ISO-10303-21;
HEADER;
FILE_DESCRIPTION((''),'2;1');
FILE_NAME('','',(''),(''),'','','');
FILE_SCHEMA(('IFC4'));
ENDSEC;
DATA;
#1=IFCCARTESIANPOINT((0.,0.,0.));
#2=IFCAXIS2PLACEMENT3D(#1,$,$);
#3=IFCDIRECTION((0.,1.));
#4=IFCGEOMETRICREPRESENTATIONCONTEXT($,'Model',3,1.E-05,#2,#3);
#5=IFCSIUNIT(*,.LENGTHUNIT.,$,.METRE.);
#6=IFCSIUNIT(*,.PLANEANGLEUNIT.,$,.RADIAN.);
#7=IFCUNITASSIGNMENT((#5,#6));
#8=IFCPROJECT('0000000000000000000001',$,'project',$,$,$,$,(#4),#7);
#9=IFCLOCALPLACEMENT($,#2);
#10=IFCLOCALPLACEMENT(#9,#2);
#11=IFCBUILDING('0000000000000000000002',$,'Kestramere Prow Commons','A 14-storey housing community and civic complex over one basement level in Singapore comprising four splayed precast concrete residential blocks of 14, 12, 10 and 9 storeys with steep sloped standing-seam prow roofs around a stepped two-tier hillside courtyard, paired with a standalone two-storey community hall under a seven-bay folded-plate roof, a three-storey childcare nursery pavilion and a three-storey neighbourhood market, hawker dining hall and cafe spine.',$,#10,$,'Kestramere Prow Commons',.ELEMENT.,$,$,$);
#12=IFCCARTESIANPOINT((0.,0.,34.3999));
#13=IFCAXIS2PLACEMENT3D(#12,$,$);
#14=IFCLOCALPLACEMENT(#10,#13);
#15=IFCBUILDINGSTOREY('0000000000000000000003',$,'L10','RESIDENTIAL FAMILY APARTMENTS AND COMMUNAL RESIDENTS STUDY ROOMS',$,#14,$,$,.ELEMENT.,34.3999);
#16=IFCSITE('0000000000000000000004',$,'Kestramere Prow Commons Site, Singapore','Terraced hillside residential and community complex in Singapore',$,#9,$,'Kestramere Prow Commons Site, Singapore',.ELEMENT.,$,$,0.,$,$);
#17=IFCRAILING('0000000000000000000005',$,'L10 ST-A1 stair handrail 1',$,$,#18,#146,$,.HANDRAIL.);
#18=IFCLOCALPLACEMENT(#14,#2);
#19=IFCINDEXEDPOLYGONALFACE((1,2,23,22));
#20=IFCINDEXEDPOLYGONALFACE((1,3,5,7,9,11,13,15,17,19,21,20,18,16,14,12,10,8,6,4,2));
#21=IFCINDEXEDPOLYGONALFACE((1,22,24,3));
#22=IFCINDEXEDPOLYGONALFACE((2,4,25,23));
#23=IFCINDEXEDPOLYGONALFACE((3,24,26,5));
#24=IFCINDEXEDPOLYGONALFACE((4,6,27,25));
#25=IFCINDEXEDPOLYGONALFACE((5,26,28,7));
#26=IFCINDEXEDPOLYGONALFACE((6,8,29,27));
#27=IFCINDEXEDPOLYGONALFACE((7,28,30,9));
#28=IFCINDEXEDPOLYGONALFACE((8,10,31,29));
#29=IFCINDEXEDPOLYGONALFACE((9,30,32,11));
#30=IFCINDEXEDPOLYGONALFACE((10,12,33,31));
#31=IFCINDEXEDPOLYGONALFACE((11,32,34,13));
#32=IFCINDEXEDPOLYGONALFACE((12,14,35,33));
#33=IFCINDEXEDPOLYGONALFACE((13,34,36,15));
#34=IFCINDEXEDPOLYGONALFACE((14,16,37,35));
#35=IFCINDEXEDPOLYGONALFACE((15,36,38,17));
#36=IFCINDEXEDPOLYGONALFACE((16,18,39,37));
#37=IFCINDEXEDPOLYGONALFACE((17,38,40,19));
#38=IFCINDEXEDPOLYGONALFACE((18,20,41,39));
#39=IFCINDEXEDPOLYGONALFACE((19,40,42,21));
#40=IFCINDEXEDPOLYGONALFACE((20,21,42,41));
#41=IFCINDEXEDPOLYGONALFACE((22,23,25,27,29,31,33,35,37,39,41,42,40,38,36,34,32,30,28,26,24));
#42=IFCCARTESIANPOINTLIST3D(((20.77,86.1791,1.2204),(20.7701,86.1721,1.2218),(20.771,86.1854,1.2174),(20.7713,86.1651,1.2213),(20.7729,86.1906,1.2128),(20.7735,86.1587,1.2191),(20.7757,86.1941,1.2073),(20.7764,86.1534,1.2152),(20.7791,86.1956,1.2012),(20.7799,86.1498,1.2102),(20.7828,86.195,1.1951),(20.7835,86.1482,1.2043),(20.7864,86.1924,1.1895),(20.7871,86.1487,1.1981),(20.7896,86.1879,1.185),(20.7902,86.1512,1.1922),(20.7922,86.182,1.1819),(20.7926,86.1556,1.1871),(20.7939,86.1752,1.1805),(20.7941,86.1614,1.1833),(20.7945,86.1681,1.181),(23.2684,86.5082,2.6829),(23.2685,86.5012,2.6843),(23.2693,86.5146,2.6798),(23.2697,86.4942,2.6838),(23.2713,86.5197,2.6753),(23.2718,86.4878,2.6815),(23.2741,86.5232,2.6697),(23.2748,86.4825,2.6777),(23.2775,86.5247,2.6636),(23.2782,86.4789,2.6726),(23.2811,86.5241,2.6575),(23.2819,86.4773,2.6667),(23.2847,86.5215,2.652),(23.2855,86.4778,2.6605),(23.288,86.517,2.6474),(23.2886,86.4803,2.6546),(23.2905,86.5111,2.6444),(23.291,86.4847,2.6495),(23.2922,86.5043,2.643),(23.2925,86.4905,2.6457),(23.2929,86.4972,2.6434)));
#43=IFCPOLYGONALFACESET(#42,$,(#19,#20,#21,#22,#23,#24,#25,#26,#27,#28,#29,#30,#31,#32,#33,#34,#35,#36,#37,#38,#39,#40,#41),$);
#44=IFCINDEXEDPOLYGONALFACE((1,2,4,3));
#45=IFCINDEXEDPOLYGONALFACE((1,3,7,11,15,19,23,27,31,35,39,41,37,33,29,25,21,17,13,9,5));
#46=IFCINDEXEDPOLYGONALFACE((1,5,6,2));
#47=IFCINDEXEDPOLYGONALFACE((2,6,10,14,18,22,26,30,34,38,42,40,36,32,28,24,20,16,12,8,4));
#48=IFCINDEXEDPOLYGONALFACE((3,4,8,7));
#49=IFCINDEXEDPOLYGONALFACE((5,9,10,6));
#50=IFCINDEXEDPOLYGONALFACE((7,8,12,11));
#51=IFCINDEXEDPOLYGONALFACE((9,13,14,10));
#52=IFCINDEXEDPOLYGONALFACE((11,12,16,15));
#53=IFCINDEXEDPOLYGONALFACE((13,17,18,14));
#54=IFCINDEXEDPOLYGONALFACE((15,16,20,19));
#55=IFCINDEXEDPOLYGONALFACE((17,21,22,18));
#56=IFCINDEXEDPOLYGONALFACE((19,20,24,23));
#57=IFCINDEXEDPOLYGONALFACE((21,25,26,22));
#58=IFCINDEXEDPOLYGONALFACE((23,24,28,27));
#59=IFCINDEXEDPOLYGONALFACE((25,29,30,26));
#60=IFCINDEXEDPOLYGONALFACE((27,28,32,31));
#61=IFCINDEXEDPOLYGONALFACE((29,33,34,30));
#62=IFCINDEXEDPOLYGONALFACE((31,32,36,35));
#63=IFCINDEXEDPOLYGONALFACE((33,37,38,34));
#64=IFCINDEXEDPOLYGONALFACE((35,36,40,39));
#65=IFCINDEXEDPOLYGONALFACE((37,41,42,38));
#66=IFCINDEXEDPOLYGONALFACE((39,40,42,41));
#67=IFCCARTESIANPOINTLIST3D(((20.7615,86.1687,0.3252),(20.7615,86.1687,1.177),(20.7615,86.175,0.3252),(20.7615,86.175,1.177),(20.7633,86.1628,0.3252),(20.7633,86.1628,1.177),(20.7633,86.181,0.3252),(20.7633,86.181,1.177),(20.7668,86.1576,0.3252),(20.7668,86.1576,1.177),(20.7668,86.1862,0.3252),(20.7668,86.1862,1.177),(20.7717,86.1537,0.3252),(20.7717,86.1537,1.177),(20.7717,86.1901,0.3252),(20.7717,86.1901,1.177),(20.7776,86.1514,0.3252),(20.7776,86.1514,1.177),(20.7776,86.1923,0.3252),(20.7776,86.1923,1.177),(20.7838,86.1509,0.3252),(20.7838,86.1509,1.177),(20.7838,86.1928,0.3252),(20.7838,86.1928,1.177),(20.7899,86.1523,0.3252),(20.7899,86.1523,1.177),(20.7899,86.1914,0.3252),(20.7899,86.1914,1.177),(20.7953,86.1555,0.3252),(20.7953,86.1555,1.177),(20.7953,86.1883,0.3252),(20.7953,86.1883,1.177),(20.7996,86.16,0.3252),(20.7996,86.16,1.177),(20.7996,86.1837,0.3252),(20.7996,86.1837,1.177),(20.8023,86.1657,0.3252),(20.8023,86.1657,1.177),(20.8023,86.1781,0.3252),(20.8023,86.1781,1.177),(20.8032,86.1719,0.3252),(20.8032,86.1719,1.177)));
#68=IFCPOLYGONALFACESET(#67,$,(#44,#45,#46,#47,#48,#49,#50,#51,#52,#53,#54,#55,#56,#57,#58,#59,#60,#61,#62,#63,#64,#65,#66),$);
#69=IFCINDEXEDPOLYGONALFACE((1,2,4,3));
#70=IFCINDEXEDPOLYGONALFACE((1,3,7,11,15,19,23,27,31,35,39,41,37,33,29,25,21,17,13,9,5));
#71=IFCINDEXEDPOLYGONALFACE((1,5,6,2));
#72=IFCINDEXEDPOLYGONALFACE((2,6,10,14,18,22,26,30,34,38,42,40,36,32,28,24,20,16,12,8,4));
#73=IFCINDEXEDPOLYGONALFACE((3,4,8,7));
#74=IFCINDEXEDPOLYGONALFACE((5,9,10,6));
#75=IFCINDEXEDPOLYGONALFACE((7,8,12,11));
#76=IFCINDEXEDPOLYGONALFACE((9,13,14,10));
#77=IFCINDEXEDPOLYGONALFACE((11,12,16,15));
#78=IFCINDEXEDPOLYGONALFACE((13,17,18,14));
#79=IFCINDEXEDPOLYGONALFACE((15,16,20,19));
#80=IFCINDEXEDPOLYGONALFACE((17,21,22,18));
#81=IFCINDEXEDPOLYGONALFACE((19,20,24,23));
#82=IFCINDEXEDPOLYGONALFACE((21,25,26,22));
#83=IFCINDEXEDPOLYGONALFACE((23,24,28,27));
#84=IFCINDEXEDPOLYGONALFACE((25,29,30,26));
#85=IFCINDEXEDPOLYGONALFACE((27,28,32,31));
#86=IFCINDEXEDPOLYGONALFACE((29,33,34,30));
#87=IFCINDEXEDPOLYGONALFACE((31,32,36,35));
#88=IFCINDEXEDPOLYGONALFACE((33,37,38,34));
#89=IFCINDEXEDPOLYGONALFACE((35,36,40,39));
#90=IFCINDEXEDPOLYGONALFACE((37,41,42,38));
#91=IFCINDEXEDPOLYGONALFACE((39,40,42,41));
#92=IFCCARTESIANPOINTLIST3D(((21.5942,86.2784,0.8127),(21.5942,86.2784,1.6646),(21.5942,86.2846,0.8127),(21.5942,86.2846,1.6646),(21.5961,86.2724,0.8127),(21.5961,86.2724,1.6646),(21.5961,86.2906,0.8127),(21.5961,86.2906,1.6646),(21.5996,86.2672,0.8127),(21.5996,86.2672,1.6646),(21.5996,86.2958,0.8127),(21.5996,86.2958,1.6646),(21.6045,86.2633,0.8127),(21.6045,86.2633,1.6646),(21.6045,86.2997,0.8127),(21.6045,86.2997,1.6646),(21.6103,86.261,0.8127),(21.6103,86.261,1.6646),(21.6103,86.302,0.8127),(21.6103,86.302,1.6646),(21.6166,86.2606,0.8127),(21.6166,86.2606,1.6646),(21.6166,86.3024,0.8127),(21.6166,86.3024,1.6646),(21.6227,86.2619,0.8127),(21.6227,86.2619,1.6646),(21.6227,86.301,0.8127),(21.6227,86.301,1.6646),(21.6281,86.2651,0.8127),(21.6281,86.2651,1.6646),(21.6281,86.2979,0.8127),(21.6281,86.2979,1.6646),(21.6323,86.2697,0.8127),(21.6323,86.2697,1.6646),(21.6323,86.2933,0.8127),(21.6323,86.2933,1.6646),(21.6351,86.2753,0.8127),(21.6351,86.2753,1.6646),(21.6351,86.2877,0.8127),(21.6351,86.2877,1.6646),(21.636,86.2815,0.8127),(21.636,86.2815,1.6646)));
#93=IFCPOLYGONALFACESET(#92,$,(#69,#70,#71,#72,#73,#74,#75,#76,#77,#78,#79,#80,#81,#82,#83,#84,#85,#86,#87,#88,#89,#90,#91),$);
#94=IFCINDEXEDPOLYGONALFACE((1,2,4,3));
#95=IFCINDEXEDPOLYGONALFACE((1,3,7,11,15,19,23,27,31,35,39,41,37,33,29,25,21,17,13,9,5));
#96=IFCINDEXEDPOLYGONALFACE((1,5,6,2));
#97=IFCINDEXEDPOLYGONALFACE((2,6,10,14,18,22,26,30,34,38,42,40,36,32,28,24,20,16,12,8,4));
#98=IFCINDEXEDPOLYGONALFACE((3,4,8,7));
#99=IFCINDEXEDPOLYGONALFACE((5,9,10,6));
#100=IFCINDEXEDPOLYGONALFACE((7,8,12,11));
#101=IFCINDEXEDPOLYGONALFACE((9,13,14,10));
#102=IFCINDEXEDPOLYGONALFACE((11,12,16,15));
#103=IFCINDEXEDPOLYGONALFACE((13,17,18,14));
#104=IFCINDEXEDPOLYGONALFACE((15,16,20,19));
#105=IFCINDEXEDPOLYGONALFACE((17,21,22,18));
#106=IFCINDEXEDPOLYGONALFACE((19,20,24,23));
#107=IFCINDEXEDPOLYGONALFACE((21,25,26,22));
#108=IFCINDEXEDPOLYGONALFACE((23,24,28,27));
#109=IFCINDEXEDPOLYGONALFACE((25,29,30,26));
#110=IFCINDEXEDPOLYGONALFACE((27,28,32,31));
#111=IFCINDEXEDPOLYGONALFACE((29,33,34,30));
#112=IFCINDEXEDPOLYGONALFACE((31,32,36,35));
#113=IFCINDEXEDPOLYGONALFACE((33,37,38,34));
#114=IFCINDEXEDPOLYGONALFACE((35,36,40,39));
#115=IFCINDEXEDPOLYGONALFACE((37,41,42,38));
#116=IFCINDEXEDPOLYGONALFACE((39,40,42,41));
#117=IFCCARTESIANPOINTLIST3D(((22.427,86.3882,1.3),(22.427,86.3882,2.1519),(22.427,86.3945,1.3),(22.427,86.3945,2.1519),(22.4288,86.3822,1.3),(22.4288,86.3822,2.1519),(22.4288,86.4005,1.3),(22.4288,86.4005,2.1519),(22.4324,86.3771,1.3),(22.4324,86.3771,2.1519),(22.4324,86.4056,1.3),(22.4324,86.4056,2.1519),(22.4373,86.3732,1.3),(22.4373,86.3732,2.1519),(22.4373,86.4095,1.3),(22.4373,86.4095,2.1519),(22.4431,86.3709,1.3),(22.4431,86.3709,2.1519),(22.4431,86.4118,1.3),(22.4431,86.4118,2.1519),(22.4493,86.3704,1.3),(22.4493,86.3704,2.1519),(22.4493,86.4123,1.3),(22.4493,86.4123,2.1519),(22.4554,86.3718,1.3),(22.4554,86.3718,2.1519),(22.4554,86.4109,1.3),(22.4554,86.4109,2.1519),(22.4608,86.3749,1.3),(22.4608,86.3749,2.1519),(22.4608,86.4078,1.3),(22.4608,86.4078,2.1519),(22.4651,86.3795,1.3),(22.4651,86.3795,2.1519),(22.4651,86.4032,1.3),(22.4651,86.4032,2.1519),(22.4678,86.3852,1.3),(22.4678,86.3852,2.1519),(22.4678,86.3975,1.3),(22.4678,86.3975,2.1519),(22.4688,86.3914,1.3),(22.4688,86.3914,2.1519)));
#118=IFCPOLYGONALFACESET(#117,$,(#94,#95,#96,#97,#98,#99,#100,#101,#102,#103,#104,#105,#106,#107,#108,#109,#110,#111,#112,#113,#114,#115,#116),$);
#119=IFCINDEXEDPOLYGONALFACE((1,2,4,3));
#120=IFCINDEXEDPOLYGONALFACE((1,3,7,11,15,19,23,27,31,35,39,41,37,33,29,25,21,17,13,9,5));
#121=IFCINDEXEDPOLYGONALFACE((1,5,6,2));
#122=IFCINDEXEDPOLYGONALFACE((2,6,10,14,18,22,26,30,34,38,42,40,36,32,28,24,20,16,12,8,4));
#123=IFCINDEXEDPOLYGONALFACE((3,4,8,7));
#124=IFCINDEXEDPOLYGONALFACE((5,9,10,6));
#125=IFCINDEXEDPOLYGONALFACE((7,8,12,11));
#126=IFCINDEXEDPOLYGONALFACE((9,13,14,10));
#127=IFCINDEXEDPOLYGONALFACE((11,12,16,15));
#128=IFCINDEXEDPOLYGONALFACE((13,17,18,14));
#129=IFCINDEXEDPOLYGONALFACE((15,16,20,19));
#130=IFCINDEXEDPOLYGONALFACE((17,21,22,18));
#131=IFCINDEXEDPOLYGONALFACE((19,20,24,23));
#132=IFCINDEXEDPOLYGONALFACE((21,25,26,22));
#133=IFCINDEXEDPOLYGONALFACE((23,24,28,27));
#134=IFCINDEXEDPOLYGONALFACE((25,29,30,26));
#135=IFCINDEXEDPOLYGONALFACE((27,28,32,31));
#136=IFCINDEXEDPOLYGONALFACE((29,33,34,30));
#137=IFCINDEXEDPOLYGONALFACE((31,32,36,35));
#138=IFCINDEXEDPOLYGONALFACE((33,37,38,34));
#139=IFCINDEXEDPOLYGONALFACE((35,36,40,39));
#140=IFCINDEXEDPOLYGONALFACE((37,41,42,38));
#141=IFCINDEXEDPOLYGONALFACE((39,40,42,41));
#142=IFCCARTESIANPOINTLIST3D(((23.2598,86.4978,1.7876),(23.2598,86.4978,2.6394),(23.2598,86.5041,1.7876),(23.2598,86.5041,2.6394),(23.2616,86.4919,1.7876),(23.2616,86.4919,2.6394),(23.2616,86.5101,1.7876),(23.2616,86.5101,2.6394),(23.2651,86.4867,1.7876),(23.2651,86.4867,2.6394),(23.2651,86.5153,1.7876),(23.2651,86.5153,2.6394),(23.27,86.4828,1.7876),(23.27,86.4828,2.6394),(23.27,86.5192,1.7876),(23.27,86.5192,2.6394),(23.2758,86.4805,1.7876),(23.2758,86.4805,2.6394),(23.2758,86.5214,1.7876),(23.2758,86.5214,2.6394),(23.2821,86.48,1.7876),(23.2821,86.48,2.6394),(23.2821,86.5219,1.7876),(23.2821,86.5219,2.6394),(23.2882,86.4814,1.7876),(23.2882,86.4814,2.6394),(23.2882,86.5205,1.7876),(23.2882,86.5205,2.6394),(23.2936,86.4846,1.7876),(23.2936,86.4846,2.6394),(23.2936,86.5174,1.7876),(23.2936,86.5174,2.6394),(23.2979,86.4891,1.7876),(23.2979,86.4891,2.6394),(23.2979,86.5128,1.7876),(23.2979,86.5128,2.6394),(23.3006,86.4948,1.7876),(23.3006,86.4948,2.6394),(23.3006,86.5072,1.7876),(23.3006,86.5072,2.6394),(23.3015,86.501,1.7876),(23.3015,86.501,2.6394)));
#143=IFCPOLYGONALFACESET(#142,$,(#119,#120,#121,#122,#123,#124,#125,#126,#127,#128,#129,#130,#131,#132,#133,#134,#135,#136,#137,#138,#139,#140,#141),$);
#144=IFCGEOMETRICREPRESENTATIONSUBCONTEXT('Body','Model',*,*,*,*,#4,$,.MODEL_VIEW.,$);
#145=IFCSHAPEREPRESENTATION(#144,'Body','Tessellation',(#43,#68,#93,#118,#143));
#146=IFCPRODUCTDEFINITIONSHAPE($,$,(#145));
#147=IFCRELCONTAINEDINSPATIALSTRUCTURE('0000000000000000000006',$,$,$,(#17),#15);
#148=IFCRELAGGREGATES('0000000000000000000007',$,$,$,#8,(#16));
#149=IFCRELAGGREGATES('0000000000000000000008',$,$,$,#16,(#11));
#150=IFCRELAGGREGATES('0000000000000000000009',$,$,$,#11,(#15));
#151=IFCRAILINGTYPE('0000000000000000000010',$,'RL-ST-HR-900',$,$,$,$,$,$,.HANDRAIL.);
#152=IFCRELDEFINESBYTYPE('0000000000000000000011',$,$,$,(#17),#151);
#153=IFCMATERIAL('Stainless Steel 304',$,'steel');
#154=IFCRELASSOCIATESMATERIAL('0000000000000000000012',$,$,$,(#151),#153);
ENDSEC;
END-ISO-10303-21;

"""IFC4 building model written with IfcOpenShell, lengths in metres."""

from ifc_helpers import new_model, si_unit, direction, frame, origin, origin_2d, place, context, subcontext, project, spatial, circle, extrude, material, type_object, element, save


model = new_model("IFC4")

# Units and contexts
model_context = context("Model", 3, precision=1e-05, world=origin(), true_north=direction((0.0, 1.0)))
body_context = subcontext(model_context, "Body", "Model", "MODEL_VIEW")
ifc_project = project(units=[si_unit("LENGTHUNIT", "METRE"), si_unit("PLANEANGLEUNIT", "RADIAN")], contexts=[model_context])

# Site, building, storey
site_placement = place(None, origin())
site = spatial("IfcSite", under=ifc_project, at=site_placement, Name="Kestramere Prow Commons Site, Singapore", Description="Terraced hillside residential and community complex in Singapore", LongName="Kestramere Prow Commons Site, Singapore", CompositionType="ELEMENT", RefElevation=0.0)
building_placement = place(site_placement, origin())
building = spatial("IfcBuilding", under=site, at=building_placement, Name="Kestramere Prow Commons", Description="A 14-storey housing community and civic complex over one basement level in Singapore comprising four splayed precast concrete residential blocks of 14, 12, 10 and 9 storeys with steep sloped standing-seam prow roofs around a stepped two-tier hillside courtyard, paired with a standalone two-storey community hall under a seven-bay folded-plate roof, a three-storey childcare nursery pavilion and a three-storey neighbourhood market, hawker dining hall and cafe spine.", LongName="Kestramere Prow Commons", CompositionType="ELEMENT")
storey_placement = place(building_placement, frame((0.0, 0.0, 34.3999)))
storey = spatial("IfcBuildingStorey", under=building, at=storey_placement, Name="L10", Description="RESIDENTIAL FAMILY APARTMENTS AND COMMUNAL RESIDENTS STUDY ROOMS", CompositionType="ELEMENT", Elevation=34.3999)

# Railing
ifc_material_1 = material(Name="Stainless Steel 304", Category="steel")
railing_type_1 = type_object("IfcRailingType", Name="RL-ST-HR-900", PredefinedType="HANDRAIL", material=ifc_material_1)
railing_1_placement = place(storey_placement, frame((20.7822, 86.1719, 0.3252)))
element("IfcRailing", 1, at=railing_1_placement, inside=storey, type_object=railing_type_1, Name="L10 ST-A1 stair handrail 1", PredefinedType="HANDRAIL", context=body_context, shape_type="SweptSolid", body=[
    extrude(circle(Radius=0.0239, at=origin_2d()), frame((0.0, 0.0, 0.876), z_axis=(0.857493, 0.112958, 0.501943), x_axis=(-0.130602, 0.991435, 0.0)), (0.0, 0.0, 1.0), 2.9136),
    extrude(circle(Radius=0.021, at=origin_2d()), origin(), (0.0, 0.0, 1.0), 0.8518),
    extrude(circle(Radius=0.021, at=origin_2d()), frame((0.8328, 0.1096, 0.4875)), (0.0, 0.0, 1.0), 0.8518),
    extrude(circle(Radius=0.021, at=origin_2d()), frame((1.6655, 0.2195, 0.9749)), (0.0, 0.0, 1.0), 0.8518),
    extrude(circle(Radius=0.021, at=origin_2d()), frame((2.4983, 0.3291, 1.4624)), (0.0, 0.0, 1.0), 0.8518),
])

save(model, "model.ifc")
